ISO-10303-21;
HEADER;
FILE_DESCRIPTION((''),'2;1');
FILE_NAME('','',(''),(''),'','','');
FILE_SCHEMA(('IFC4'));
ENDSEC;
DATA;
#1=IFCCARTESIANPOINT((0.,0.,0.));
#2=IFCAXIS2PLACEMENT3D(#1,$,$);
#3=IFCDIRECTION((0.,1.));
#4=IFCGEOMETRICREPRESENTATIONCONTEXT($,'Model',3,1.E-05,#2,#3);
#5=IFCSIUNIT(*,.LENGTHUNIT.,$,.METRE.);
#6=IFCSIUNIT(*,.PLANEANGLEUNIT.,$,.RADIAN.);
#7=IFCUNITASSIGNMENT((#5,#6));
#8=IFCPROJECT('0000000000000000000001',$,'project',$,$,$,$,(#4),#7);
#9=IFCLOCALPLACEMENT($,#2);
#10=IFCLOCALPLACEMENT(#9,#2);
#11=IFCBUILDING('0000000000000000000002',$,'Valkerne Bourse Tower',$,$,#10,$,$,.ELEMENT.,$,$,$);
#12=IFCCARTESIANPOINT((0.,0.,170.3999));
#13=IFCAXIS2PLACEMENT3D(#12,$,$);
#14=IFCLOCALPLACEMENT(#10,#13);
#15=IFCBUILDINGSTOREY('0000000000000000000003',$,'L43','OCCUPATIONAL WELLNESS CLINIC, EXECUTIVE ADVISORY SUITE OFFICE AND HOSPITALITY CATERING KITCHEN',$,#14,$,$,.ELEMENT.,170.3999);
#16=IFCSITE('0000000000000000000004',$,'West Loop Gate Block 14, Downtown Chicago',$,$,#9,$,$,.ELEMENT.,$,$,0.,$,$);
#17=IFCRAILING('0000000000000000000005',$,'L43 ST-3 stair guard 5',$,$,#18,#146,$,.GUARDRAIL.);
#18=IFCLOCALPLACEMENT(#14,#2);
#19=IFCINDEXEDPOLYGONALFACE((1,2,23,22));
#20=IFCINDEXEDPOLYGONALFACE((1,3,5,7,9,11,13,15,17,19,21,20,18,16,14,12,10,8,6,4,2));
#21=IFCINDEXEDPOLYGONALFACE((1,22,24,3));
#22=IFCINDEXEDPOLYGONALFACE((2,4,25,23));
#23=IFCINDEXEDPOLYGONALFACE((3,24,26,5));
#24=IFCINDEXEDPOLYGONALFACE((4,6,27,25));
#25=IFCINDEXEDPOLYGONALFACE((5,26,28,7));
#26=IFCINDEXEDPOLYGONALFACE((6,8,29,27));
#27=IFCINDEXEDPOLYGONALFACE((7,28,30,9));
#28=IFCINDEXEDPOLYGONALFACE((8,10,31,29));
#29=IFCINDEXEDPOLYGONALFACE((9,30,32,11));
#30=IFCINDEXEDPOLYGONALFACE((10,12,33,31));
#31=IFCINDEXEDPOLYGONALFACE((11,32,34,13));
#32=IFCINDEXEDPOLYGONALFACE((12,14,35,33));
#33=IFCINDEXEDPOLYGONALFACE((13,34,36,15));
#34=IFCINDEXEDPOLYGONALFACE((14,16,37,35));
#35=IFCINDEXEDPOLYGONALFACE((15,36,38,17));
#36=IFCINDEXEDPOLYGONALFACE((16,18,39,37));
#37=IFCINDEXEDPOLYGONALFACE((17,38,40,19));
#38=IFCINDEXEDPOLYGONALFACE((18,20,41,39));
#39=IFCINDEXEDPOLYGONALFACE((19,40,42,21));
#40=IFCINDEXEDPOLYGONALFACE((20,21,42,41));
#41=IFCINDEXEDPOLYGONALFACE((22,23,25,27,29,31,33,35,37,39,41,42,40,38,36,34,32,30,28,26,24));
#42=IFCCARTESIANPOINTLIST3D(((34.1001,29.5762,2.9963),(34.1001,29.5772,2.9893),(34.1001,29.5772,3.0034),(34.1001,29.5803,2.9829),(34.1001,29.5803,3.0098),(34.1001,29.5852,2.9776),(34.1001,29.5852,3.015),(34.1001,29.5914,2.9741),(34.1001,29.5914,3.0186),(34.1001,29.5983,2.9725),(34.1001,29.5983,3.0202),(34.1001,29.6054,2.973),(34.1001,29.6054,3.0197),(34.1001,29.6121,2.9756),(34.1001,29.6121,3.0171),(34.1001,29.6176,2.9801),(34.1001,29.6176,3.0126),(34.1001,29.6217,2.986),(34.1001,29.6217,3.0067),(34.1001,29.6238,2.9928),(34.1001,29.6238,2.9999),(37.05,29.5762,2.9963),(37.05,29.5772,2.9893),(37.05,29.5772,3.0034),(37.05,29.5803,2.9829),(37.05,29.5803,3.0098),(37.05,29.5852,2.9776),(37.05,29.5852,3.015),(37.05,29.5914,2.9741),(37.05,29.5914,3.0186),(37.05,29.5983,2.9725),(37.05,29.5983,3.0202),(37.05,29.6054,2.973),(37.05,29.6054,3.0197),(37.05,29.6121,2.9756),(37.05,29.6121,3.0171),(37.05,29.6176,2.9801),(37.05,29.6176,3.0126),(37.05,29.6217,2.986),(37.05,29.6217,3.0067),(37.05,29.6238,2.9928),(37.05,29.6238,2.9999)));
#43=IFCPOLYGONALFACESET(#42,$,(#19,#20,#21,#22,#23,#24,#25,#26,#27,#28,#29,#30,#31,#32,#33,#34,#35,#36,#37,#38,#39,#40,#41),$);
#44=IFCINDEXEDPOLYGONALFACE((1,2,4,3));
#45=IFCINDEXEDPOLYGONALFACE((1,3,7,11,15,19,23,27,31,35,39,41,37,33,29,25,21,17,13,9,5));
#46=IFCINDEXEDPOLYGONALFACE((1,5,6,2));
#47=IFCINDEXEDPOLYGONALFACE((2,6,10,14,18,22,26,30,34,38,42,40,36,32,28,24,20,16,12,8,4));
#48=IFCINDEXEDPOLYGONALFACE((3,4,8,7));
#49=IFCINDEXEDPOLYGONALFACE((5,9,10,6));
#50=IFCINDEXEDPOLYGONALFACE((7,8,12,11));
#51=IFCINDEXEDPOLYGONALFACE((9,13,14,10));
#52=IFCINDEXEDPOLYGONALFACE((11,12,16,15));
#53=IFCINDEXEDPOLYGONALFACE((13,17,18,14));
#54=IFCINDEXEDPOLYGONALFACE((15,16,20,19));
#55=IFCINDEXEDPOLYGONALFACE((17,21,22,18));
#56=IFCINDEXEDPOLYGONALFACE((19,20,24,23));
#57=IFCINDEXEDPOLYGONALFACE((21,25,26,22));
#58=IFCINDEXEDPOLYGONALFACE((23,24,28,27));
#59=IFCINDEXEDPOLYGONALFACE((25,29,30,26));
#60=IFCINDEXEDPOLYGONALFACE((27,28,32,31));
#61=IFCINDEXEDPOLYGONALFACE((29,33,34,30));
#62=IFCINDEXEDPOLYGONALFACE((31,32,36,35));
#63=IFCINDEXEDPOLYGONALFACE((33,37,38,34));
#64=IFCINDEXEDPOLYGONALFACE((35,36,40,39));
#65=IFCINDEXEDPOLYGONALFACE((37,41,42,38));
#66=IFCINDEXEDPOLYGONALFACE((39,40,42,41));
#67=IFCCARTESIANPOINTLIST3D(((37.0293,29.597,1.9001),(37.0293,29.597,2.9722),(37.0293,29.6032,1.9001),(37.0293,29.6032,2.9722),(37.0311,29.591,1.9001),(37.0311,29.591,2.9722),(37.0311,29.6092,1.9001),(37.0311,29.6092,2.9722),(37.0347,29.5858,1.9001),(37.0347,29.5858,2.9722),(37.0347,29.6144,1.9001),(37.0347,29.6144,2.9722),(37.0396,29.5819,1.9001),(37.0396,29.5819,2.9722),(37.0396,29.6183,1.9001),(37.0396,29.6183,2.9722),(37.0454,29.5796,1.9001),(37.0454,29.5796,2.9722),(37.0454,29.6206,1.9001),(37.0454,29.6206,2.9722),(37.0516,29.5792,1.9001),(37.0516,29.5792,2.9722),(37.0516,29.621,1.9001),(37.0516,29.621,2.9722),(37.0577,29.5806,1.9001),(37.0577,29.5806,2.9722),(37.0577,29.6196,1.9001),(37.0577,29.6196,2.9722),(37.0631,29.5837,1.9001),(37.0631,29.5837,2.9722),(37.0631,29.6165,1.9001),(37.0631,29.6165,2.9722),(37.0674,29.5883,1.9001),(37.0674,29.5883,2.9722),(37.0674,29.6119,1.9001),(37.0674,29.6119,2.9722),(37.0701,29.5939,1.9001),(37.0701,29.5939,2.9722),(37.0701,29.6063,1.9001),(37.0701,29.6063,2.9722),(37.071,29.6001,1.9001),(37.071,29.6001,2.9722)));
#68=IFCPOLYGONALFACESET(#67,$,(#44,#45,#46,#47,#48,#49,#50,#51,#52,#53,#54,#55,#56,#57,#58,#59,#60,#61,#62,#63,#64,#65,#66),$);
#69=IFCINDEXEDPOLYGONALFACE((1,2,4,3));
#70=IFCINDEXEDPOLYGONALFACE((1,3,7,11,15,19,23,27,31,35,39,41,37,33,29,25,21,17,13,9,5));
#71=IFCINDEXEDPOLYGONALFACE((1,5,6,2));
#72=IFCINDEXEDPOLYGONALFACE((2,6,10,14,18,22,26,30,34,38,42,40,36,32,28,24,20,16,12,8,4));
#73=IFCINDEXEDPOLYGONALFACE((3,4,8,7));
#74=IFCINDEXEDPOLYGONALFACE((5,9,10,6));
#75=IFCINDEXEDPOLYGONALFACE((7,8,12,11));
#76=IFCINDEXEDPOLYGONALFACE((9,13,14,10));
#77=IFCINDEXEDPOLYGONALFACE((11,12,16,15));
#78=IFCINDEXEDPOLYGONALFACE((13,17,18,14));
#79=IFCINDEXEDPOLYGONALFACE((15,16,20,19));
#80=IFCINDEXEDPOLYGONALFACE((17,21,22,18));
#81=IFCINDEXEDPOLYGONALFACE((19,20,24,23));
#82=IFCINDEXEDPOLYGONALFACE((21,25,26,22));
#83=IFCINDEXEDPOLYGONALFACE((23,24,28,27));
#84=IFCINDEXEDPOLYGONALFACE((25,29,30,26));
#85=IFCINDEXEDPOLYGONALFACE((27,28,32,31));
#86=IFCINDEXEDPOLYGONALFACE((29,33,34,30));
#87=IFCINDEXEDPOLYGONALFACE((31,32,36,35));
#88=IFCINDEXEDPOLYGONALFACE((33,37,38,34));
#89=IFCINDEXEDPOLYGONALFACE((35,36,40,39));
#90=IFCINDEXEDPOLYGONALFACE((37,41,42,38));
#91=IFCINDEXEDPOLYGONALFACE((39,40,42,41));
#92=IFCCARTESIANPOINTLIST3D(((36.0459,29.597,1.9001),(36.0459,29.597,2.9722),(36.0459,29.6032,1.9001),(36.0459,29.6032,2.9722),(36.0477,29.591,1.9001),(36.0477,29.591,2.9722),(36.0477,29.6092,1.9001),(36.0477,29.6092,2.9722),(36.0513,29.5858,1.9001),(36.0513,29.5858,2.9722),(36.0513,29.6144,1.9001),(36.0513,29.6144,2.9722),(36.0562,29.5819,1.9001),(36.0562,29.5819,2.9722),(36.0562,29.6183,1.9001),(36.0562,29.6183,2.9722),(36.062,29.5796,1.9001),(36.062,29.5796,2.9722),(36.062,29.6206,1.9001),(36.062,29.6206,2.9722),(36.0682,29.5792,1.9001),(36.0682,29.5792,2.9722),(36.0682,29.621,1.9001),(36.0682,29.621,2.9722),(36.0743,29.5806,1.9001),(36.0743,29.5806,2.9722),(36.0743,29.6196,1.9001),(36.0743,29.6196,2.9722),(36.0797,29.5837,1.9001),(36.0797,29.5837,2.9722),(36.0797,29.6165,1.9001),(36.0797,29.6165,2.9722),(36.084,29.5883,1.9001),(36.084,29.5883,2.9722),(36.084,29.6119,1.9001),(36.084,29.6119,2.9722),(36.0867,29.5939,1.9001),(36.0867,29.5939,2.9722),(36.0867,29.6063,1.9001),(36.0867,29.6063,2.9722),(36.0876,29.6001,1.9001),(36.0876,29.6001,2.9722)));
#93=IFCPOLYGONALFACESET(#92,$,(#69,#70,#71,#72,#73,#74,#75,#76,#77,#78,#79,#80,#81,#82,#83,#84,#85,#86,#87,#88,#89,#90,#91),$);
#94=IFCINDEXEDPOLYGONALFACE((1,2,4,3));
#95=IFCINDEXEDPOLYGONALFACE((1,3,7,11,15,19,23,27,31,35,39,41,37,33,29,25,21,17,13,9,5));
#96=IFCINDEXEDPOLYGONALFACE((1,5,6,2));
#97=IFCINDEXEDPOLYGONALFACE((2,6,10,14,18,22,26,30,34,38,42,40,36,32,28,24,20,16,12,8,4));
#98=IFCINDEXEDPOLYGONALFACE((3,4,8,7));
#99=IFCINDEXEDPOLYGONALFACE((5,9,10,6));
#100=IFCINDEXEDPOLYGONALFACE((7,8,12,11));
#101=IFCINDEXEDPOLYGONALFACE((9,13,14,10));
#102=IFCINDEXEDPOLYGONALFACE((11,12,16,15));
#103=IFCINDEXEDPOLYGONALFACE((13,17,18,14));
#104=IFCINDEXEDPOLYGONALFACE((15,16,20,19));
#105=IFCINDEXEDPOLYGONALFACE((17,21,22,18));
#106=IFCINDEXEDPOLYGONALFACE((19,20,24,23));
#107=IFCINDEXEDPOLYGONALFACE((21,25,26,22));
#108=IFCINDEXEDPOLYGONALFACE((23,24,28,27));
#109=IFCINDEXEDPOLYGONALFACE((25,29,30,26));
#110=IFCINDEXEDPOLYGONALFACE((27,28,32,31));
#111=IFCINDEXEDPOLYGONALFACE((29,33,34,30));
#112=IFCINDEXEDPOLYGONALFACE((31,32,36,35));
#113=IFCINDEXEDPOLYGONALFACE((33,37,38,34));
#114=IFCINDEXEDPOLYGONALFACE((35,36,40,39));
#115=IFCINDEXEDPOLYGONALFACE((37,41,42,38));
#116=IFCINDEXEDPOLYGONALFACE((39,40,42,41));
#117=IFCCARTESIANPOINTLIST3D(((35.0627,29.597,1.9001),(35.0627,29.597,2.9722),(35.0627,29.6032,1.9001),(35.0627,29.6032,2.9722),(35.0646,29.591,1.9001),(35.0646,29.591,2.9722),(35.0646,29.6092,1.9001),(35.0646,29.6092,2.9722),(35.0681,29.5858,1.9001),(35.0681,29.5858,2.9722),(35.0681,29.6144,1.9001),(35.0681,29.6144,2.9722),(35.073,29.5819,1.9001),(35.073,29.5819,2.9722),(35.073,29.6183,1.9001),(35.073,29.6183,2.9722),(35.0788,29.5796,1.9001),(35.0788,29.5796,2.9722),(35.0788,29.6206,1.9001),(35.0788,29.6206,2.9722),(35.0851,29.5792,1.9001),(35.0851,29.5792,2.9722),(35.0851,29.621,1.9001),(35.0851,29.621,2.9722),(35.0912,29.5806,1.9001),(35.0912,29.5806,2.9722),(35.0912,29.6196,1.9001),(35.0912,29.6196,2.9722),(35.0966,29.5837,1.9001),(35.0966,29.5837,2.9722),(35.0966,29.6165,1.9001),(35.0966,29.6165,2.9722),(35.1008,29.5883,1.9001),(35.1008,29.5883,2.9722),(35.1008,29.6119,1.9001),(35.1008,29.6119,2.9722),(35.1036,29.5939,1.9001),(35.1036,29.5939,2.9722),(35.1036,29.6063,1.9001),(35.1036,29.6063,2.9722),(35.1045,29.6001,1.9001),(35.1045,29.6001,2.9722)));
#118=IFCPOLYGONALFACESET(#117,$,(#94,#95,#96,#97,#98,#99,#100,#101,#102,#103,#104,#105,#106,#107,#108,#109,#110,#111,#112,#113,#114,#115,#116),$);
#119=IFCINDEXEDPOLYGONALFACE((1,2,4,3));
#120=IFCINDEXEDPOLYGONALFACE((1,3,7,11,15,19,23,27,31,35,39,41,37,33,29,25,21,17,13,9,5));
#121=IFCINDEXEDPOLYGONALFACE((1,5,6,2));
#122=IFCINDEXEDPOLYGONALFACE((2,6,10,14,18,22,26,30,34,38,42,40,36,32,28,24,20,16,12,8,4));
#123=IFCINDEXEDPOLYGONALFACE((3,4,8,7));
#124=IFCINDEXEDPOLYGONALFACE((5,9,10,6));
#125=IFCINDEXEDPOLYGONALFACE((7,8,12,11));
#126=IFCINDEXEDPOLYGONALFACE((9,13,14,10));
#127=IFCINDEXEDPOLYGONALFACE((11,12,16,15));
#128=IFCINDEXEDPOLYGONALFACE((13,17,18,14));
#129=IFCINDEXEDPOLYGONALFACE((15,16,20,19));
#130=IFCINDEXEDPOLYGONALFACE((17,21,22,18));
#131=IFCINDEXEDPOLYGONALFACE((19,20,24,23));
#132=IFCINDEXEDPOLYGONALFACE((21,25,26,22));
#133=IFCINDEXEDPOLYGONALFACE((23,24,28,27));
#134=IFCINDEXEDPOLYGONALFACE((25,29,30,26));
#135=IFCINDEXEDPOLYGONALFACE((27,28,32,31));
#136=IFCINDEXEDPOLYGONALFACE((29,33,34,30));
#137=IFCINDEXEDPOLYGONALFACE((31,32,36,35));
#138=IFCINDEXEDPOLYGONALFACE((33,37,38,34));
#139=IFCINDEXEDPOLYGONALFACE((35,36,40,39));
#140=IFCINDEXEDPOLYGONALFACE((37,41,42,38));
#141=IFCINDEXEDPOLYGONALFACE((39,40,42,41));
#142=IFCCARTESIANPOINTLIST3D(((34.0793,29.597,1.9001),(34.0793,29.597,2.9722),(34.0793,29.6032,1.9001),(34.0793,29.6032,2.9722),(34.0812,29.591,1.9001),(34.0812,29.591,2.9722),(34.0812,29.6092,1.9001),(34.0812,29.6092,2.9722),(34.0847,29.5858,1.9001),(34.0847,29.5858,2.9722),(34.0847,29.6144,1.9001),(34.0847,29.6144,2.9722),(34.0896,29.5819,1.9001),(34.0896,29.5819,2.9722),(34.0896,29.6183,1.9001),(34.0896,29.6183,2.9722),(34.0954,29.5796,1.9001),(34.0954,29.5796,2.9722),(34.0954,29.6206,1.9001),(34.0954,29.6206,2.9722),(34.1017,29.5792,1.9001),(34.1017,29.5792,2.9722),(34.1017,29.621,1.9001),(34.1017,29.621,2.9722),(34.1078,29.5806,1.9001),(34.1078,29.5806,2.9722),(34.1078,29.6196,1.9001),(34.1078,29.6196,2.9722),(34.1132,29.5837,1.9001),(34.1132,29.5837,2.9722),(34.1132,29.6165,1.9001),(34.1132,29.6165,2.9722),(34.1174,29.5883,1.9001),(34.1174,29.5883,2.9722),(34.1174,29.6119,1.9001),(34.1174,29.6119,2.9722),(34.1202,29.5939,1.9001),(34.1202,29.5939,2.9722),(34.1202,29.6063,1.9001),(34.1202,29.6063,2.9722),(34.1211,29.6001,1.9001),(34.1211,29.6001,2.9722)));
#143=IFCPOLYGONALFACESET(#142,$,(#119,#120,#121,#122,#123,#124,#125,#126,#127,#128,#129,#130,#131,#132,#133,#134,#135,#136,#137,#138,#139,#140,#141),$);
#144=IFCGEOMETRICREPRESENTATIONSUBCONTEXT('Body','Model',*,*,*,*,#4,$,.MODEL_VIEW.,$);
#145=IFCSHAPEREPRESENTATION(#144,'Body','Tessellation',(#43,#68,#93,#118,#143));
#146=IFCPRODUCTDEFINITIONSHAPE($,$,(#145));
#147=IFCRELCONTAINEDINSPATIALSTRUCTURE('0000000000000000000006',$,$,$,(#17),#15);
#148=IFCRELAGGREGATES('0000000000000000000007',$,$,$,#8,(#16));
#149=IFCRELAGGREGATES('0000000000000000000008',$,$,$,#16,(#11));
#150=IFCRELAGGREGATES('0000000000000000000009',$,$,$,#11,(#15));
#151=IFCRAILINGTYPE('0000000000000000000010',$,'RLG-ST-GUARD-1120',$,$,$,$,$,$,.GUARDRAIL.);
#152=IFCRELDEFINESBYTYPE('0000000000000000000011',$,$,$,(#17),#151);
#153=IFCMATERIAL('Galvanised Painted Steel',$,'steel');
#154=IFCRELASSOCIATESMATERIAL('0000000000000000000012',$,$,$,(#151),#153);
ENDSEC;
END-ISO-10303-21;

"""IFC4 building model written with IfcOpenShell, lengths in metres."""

from ifc_helpers import new_model, si_unit, direction, frame, origin, origin_2d, place, context, subcontext, project, spatial, circle, extrude, material, type_object, element, save


model = new_model("IFC4")

# Units and contexts
model_context = context("Model", 3, precision=1e-05, world=origin(), true_north=direction((0.0, 1.0)))
body_context = subcontext(model_context, "Body", "Model", "MODEL_VIEW")
ifc_project = project(units=[si_unit("LENGTHUNIT", "METRE"), si_unit("PLANEANGLEUNIT", "RADIAN")], contexts=[model_context])

# Site, building, storey
site_placement = place(None, origin())
site = spatial("IfcSite", under=ifc_project, at=site_placement, Name="West Loop Gate Block 14, Downtown Chicago", CompositionType="ELEMENT", RefElevation=0.0)
building_placement = place(site_placement, origin())
building = spatial("IfcBuilding", under=site, at=building_placement, Name="Valkerne Bourse Tower", CompositionType="ELEMENT")
storey_placement = place(building_placement, frame((0.0, 0.0, 170.3999)))
storey = spatial("IfcBuildingStorey", under=building, at=storey_placement, Name="L43", Description="OCCUPATIONAL WELLNESS CLINIC, EXECUTIVE ADVISORY SUITE OFFICE AND HOSPITALITY CATERING KITCHEN", CompositionType="ELEMENT", Elevation=170.3999)

# Railing
ifc_material_1 = material(Name="Galvanised Painted Steel", Category="steel")
railing_type_1 = type_object("IfcRailingType", Name="RLG-ST-GUARD-1120", PredefinedType="GUARDRAIL", material=ifc_material_1)
railing_1_placement = place(storey_placement, frame((37.05, 29.6001, 1.9001)))
element("IfcRailing", 1, at=railing_1_placement, inside=storey, type_object=railing_type_1, Name="L43 ST-3 stair guard 5", PredefinedType="GUARDRAIL", context=body_context, shape_type="SweptSolid", body=[
    extrude(circle(Radius=0.0239, at=origin_2d()), frame((0.0, 0.0, 1.0962), z_axis=(-1.0, 0.0, 0.0), x_axis=(0.0, -1.0, 0.0)), (0.0, 0.0, 1.0), 2.95),
    extrude(circle(Radius=0.021, at=origin_2d()), origin(), (0.0, 0.0, 1.0), 1.072),
    extrude(circle(Radius=0.021, at=origin_2d()), frame((-0.9834, 0.0, 0.0)), (0.0, 0.0, 1.0), 1.072),
    extrude(circle(Radius=0.021, at=origin_2d()), frame((-1.9666, 0.0, 0.0)), (0.0, 0.0, 1.0), 1.072),
    extrude(circle(Radius=0.021, at=origin_2d()), frame((-2.95, 0.0, 0.0)), (0.0, 0.0, 1.0), 1.072),
])

save(model, "model.ifc")
